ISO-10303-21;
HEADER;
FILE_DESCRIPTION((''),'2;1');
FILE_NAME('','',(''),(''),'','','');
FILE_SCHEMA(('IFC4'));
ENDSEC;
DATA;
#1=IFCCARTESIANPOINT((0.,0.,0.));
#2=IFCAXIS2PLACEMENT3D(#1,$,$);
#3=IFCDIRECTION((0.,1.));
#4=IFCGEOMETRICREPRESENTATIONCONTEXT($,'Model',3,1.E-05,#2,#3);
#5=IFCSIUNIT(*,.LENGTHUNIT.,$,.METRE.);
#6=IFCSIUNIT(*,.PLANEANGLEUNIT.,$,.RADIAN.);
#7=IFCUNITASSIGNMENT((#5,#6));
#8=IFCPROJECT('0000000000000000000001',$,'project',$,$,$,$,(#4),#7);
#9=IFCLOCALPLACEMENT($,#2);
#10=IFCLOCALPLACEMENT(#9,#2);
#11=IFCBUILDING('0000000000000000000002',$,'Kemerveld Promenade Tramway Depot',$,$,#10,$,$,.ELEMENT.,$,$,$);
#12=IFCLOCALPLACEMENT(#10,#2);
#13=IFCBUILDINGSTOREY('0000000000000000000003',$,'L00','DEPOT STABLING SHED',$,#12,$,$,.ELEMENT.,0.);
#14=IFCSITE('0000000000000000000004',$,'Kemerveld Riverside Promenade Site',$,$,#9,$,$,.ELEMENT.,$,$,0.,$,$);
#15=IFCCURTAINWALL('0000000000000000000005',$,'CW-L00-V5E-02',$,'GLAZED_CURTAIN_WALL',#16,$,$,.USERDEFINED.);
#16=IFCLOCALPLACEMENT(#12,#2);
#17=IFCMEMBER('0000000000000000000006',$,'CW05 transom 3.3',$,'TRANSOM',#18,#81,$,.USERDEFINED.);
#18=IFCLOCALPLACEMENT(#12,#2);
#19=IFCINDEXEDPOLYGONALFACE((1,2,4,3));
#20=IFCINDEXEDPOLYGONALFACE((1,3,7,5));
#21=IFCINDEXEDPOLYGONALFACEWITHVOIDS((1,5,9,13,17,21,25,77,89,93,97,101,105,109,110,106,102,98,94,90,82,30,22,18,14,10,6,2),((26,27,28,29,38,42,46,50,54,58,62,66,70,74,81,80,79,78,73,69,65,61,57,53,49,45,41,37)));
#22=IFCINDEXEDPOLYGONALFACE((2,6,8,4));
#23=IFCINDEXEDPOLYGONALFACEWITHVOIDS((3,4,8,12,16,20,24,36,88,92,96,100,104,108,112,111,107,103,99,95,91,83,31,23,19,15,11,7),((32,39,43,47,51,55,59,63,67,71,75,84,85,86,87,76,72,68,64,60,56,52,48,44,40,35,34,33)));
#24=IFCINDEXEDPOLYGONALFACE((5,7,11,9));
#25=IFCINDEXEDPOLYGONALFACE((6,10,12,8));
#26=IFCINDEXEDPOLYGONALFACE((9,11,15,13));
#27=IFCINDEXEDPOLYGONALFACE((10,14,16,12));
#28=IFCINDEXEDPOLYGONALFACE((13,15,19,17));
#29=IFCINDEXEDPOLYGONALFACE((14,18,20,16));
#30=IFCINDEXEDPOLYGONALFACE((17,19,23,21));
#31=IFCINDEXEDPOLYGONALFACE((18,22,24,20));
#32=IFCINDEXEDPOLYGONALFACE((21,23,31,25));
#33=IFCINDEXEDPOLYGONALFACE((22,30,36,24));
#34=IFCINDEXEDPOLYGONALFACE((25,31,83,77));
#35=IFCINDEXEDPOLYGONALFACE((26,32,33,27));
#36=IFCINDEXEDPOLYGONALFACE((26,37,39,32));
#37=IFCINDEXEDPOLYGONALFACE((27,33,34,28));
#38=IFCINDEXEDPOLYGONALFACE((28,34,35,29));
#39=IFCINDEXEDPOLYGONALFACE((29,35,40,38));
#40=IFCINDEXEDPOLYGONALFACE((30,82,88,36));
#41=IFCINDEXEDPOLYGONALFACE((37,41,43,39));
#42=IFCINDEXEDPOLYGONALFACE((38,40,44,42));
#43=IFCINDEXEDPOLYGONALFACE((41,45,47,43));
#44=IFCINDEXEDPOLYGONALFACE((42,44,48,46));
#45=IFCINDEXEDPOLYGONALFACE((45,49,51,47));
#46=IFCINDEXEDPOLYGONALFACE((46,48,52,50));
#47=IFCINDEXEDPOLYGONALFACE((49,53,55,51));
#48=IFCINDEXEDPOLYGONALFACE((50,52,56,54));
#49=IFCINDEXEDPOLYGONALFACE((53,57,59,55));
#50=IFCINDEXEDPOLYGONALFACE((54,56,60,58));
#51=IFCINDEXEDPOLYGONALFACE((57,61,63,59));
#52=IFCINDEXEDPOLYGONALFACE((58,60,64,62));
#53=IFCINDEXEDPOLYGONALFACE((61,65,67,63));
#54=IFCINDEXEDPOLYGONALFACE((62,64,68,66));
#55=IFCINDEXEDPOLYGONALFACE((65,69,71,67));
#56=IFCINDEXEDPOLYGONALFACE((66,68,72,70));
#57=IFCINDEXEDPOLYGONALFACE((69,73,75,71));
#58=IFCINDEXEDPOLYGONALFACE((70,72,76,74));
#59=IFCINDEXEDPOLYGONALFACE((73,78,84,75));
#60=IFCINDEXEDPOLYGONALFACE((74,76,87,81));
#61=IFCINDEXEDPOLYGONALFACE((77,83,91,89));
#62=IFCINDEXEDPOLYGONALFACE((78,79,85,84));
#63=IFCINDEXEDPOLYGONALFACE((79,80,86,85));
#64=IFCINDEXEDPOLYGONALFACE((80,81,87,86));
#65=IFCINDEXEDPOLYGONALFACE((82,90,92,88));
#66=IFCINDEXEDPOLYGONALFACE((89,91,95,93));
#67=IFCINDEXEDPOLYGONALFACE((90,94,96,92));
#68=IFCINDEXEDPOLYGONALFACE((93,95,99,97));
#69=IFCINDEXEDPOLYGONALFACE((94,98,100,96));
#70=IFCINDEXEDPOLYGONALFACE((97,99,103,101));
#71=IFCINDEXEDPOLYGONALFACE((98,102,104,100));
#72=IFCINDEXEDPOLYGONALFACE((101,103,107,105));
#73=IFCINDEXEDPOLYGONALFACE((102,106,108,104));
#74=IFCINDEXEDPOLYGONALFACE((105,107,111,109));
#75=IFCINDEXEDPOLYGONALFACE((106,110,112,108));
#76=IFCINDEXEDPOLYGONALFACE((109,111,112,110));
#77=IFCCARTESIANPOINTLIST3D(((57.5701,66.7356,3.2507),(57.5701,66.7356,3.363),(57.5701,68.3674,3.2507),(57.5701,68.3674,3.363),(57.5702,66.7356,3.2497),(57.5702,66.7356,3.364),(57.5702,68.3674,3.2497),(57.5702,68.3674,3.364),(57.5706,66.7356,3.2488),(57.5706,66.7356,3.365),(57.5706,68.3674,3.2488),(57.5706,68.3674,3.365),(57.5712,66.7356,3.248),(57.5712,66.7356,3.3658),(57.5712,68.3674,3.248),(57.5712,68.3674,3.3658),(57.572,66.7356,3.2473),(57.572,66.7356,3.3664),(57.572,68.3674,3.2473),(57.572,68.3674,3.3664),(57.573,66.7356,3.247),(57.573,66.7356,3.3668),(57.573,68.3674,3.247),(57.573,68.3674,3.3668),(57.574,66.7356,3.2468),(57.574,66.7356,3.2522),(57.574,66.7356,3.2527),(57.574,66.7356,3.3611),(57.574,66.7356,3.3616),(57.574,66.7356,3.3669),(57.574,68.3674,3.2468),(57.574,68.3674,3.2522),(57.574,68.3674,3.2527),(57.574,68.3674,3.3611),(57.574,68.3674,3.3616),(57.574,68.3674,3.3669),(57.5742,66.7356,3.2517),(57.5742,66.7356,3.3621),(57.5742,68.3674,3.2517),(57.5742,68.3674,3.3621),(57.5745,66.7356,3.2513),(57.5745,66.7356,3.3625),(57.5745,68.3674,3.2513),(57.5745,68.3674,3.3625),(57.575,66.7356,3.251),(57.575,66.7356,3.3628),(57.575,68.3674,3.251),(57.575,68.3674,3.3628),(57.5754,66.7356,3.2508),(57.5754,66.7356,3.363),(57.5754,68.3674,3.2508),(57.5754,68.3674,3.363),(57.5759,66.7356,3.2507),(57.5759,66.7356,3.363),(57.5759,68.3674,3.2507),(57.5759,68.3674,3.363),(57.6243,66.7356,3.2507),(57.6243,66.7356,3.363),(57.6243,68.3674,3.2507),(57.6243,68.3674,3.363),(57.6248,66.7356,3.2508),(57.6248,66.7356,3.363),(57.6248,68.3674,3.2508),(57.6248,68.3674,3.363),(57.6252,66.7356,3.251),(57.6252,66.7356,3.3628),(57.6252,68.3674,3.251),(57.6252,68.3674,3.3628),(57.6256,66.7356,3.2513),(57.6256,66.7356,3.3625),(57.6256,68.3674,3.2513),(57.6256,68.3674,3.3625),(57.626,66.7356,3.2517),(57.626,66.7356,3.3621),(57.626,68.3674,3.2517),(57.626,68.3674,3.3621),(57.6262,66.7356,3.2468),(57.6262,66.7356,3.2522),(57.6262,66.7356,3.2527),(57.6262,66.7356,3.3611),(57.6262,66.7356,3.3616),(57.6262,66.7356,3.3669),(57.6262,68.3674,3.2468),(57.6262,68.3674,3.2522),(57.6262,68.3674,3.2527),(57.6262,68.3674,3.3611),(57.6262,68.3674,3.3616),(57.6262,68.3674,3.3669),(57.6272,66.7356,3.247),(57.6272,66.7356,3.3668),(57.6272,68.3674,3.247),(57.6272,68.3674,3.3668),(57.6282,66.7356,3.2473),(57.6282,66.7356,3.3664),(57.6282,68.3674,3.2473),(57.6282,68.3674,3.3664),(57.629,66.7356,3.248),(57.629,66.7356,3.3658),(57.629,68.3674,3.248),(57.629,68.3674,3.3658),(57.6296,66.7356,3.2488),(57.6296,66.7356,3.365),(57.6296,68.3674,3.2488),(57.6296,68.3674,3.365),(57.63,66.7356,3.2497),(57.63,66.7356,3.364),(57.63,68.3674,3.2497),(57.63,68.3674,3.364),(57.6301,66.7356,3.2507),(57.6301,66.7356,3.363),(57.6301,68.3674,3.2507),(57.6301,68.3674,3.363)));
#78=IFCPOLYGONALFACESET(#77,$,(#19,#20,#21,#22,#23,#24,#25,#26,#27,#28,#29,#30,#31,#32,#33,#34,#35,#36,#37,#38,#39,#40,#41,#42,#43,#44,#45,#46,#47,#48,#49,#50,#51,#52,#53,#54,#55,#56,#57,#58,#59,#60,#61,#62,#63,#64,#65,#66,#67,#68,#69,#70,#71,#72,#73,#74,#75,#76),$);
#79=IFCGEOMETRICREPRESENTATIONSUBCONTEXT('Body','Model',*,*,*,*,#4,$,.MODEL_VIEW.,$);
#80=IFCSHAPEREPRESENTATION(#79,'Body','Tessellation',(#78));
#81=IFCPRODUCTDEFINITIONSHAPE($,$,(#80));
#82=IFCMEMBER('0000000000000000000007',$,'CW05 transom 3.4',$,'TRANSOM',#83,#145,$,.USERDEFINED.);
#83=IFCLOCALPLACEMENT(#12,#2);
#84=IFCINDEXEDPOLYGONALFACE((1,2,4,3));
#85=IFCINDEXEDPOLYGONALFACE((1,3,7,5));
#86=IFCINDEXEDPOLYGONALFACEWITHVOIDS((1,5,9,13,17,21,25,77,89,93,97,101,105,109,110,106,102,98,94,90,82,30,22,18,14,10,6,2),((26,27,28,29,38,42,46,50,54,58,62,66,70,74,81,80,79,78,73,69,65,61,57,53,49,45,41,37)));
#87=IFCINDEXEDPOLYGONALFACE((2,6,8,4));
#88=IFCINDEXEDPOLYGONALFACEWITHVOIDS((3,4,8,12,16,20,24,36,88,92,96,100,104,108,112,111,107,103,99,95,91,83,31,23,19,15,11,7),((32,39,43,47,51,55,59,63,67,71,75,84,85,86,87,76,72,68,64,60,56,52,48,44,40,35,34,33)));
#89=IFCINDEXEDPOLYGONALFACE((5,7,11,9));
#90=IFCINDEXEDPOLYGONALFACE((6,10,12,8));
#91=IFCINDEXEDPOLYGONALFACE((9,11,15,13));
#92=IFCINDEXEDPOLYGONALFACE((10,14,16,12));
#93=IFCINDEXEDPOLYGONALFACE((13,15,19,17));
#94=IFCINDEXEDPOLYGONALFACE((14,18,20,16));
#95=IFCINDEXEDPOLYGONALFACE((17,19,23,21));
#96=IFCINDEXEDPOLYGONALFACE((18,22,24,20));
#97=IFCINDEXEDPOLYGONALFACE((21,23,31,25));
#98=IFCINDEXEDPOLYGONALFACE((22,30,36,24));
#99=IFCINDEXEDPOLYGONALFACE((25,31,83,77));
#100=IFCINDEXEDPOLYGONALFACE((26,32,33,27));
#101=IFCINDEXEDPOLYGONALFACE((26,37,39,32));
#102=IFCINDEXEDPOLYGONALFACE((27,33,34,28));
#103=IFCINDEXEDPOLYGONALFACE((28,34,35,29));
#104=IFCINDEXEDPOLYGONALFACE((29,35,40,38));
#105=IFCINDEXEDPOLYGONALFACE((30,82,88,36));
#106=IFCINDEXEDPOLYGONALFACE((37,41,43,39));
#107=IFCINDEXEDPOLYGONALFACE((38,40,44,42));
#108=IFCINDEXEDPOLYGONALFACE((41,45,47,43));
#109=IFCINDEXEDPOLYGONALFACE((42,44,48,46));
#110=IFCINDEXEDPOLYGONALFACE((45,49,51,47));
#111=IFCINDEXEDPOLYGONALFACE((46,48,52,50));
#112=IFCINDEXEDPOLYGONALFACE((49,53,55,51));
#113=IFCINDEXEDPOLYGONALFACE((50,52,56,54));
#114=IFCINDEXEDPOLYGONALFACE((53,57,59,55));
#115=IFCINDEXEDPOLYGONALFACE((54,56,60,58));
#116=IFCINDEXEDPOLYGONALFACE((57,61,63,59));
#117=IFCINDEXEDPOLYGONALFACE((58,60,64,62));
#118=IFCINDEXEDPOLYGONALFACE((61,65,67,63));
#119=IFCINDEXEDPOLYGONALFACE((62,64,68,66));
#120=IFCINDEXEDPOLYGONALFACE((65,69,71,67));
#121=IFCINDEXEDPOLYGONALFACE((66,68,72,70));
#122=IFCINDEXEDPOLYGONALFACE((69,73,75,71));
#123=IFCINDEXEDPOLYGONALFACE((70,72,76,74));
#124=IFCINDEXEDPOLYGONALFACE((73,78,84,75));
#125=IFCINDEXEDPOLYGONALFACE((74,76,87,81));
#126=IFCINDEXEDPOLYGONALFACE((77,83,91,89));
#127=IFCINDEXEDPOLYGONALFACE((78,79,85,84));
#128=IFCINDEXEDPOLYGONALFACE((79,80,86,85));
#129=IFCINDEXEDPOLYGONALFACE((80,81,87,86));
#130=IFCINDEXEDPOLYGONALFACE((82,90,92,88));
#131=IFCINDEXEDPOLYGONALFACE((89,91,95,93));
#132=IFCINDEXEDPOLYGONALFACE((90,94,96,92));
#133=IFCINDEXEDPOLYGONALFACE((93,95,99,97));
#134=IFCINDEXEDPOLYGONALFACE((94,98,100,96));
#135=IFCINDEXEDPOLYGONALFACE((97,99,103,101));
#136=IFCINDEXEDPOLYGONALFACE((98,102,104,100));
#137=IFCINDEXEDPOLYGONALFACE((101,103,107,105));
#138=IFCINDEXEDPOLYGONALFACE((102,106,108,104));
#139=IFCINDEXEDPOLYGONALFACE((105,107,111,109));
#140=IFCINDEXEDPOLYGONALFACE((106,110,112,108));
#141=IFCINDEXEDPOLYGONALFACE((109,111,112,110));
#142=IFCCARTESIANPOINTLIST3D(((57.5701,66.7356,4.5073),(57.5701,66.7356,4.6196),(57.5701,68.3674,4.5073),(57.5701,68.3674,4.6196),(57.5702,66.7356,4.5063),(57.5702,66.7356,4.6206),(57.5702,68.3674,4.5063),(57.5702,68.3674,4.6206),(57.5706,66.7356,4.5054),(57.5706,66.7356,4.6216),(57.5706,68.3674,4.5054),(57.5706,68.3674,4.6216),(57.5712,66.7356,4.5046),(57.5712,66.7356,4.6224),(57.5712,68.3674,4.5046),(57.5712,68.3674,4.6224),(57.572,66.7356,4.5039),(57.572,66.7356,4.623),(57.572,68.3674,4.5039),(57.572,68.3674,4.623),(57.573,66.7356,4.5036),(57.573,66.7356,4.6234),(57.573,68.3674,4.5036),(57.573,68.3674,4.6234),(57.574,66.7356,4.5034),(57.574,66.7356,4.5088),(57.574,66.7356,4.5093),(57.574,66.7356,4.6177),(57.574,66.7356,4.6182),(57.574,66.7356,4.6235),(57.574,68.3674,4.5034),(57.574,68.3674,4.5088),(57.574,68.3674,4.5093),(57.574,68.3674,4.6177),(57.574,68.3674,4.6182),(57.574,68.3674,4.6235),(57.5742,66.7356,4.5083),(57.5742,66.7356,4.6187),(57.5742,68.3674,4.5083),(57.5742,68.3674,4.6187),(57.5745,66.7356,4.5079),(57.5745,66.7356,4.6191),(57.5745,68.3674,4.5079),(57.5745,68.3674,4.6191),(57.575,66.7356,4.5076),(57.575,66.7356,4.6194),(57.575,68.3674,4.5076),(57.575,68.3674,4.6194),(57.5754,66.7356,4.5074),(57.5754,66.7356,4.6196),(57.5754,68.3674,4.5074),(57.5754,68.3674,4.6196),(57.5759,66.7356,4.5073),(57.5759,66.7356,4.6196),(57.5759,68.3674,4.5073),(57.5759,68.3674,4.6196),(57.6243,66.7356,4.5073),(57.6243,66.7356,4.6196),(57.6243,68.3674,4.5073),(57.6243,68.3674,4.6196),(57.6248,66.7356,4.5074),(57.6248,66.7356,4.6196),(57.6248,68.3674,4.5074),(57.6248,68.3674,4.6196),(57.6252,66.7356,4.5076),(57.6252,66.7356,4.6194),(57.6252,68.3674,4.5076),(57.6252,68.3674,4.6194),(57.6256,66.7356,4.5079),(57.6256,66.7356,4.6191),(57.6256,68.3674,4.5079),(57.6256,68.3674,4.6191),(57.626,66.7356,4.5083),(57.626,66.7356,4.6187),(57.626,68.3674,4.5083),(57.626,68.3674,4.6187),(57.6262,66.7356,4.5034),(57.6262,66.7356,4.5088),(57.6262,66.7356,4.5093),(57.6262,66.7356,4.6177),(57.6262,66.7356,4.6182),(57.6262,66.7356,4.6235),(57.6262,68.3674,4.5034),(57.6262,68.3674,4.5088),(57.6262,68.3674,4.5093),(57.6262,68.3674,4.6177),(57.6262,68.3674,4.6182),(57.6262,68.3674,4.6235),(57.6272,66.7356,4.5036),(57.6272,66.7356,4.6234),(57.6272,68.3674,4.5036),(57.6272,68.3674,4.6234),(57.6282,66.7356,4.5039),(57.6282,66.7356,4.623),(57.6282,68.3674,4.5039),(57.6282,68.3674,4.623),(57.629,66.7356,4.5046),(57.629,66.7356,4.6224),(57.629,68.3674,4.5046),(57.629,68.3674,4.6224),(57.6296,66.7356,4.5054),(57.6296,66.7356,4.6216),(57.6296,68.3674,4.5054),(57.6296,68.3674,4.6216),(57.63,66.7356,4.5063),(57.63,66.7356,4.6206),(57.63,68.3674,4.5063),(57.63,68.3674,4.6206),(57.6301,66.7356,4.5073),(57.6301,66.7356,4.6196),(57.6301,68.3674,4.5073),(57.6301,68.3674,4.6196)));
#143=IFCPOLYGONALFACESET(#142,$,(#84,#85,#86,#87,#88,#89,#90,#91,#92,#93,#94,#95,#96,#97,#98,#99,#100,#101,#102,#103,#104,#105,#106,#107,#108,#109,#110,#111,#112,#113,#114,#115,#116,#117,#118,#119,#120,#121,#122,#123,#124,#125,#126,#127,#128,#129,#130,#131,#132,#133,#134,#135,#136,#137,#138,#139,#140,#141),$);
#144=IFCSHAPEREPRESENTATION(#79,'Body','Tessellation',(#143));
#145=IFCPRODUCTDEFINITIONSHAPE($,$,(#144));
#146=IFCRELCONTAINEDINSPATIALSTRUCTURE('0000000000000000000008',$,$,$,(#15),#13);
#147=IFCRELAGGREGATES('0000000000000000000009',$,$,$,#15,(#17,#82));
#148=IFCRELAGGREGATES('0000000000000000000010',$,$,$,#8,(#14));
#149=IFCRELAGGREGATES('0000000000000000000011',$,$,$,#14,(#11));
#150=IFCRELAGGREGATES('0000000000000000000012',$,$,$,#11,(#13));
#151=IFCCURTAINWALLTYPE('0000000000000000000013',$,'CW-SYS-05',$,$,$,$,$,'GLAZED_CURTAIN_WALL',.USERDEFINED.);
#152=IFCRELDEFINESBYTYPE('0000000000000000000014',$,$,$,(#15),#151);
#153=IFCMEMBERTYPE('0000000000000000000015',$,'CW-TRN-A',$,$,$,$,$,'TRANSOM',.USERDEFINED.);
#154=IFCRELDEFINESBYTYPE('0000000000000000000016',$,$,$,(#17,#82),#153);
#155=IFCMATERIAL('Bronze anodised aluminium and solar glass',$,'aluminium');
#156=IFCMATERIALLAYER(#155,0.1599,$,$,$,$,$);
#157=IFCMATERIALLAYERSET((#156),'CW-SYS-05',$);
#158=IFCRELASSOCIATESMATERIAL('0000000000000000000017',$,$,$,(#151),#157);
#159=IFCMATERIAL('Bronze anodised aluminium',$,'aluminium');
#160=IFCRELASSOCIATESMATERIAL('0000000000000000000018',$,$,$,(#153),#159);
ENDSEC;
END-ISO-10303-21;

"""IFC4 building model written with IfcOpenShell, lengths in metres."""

from ifc_helpers import new_model, si_unit, direction, frame, origin, origin_2d, place, context, subcontext, project, spatial, hollow_rectangle, extrude, material, layer, layer_set, material_profile, profile_set, type_object, element, aggregate, save


model = new_model("IFC4")

# Units and contexts
model_context = context("Model", 3, precision=1e-05, world=origin(), true_north=direction((0.0, 1.0)))
body_context = subcontext(model_context, "Body", "Model", "MODEL_VIEW")
ifc_project = project(units=[si_unit("LENGTHUNIT", "METRE"), si_unit("PLANEANGLEUNIT", "RADIAN")], contexts=[model_context])

# Site, building, storey
site_placement = place(None, origin())
site = spatial("IfcSite", under=ifc_project, at=site_placement, Name="Kemerveld Riverside Promenade Site", CompositionType="ELEMENT", RefElevation=0.0)
building_placement = place(site_placement, origin())
building = spatial("IfcBuilding", under=site, at=building_placement, Name="Kemerveld Promenade Tramway Depot", CompositionType="ELEMENT")
storey_placement = place(building_placement, origin())
storey = spatial("IfcBuildingStorey", under=building, at=storey_placement, Name="L00", Description="DEPOT STABLING SHED", CompositionType="ELEMENT", Elevation=0.0)

# Curtain wall, members
ifc_material_1 = material(Name="Bronze anodised aluminium and solar glass", Category="aluminium")
ifc_layer_1 = layer(ifc_material_1, 0.1599)
ifc_layer_set_1 = layer_set([ifc_layer_1], Name="CW-SYS-05")
curtain_wall_type = type_object("IfcCurtainWallType", Name="CW-SYS-05", ElementType="GLAZED_CURTAIN_WALL", PredefinedType="USERDEFINED", material=ifc_layer_set_1)
curtain_wall_placement = place(storey_placement, origin())
curtain_wall = element("IfcCurtainWall", 1, at=curtain_wall_placement, inside=storey, type_object=curtain_wall_type, Name="CW-L00-V5E-02", ObjectType="GLAZED_CURTAIN_WALL", PredefinedType="USERDEFINED")
ifc_material_2 = material(Name="Bronze anodised aluminium", Category="aluminium")
ifc_material_profile_1 = material_profile(ifc_material_2, hollow_rectangle(XDim=0.0601, YDim=0.1201, WallThickness=0.0039, InnerFilletRadius=0.002, OuterFilletRadius=0.0039, at=origin_2d()), Name="CW-TRN-120x60")
ifc_profile_set_1 = profile_set([ifc_material_profile_1], Name="Bronze anodised aluminium")
member_type_1 = type_object("IfcMemberType", Name="CW-TRN-A", ElementType="TRANSOM", PredefinedType="USERDEFINED", material=ifc_profile_set_1)
member_1_placement = place(storey_placement, frame((57.6001, 68.3674, 3.3069), z_axis=(0.0, -1.0, 0.0), x_axis=(1.0, 0.0, 0.0)))
member_1 = element("IfcMember", 2, at=member_1_placement, type_object=member_type_1, Name="CW05 transom 3.3", ObjectType="TRANSOM", PredefinedType="USERDEFINED", context=body_context, shape_type="SweptSolid", body=[
    extrude(hollow_rectangle(XDim=0.0601, YDim=0.1201, WallThickness=0.0039, InnerFilletRadius=0.002, OuterFilletRadius=0.0039, at=origin_2d()), origin(), (0.0, 0.0, 1.0), 1.6318),
])
member_2_placement = place(storey_placement, frame((57.6001, 68.3674, 4.5635), z_axis=(0.0, -1.0, 0.0), x_axis=(1.0, 0.0, 0.0)))
member_2 = element("IfcMember", 3, at=member_2_placement, type_object=member_type_1, Name="CW05 transom 3.4", ObjectType="TRANSOM", PredefinedType="USERDEFINED", context=body_context, shape_type="SweptSolid", body=[
    extrude(hollow_rectangle(XDim=0.0601, YDim=0.1201, WallThickness=0.0039, InnerFilletRadius=0.002, OuterFilletRadius=0.0039, at=origin_2d()), origin(), (0.0, 0.0, 1.0), 1.6318),
])
aggregate(curtain_wall, [member_1, member_2])

save(model, "model.ifc")
